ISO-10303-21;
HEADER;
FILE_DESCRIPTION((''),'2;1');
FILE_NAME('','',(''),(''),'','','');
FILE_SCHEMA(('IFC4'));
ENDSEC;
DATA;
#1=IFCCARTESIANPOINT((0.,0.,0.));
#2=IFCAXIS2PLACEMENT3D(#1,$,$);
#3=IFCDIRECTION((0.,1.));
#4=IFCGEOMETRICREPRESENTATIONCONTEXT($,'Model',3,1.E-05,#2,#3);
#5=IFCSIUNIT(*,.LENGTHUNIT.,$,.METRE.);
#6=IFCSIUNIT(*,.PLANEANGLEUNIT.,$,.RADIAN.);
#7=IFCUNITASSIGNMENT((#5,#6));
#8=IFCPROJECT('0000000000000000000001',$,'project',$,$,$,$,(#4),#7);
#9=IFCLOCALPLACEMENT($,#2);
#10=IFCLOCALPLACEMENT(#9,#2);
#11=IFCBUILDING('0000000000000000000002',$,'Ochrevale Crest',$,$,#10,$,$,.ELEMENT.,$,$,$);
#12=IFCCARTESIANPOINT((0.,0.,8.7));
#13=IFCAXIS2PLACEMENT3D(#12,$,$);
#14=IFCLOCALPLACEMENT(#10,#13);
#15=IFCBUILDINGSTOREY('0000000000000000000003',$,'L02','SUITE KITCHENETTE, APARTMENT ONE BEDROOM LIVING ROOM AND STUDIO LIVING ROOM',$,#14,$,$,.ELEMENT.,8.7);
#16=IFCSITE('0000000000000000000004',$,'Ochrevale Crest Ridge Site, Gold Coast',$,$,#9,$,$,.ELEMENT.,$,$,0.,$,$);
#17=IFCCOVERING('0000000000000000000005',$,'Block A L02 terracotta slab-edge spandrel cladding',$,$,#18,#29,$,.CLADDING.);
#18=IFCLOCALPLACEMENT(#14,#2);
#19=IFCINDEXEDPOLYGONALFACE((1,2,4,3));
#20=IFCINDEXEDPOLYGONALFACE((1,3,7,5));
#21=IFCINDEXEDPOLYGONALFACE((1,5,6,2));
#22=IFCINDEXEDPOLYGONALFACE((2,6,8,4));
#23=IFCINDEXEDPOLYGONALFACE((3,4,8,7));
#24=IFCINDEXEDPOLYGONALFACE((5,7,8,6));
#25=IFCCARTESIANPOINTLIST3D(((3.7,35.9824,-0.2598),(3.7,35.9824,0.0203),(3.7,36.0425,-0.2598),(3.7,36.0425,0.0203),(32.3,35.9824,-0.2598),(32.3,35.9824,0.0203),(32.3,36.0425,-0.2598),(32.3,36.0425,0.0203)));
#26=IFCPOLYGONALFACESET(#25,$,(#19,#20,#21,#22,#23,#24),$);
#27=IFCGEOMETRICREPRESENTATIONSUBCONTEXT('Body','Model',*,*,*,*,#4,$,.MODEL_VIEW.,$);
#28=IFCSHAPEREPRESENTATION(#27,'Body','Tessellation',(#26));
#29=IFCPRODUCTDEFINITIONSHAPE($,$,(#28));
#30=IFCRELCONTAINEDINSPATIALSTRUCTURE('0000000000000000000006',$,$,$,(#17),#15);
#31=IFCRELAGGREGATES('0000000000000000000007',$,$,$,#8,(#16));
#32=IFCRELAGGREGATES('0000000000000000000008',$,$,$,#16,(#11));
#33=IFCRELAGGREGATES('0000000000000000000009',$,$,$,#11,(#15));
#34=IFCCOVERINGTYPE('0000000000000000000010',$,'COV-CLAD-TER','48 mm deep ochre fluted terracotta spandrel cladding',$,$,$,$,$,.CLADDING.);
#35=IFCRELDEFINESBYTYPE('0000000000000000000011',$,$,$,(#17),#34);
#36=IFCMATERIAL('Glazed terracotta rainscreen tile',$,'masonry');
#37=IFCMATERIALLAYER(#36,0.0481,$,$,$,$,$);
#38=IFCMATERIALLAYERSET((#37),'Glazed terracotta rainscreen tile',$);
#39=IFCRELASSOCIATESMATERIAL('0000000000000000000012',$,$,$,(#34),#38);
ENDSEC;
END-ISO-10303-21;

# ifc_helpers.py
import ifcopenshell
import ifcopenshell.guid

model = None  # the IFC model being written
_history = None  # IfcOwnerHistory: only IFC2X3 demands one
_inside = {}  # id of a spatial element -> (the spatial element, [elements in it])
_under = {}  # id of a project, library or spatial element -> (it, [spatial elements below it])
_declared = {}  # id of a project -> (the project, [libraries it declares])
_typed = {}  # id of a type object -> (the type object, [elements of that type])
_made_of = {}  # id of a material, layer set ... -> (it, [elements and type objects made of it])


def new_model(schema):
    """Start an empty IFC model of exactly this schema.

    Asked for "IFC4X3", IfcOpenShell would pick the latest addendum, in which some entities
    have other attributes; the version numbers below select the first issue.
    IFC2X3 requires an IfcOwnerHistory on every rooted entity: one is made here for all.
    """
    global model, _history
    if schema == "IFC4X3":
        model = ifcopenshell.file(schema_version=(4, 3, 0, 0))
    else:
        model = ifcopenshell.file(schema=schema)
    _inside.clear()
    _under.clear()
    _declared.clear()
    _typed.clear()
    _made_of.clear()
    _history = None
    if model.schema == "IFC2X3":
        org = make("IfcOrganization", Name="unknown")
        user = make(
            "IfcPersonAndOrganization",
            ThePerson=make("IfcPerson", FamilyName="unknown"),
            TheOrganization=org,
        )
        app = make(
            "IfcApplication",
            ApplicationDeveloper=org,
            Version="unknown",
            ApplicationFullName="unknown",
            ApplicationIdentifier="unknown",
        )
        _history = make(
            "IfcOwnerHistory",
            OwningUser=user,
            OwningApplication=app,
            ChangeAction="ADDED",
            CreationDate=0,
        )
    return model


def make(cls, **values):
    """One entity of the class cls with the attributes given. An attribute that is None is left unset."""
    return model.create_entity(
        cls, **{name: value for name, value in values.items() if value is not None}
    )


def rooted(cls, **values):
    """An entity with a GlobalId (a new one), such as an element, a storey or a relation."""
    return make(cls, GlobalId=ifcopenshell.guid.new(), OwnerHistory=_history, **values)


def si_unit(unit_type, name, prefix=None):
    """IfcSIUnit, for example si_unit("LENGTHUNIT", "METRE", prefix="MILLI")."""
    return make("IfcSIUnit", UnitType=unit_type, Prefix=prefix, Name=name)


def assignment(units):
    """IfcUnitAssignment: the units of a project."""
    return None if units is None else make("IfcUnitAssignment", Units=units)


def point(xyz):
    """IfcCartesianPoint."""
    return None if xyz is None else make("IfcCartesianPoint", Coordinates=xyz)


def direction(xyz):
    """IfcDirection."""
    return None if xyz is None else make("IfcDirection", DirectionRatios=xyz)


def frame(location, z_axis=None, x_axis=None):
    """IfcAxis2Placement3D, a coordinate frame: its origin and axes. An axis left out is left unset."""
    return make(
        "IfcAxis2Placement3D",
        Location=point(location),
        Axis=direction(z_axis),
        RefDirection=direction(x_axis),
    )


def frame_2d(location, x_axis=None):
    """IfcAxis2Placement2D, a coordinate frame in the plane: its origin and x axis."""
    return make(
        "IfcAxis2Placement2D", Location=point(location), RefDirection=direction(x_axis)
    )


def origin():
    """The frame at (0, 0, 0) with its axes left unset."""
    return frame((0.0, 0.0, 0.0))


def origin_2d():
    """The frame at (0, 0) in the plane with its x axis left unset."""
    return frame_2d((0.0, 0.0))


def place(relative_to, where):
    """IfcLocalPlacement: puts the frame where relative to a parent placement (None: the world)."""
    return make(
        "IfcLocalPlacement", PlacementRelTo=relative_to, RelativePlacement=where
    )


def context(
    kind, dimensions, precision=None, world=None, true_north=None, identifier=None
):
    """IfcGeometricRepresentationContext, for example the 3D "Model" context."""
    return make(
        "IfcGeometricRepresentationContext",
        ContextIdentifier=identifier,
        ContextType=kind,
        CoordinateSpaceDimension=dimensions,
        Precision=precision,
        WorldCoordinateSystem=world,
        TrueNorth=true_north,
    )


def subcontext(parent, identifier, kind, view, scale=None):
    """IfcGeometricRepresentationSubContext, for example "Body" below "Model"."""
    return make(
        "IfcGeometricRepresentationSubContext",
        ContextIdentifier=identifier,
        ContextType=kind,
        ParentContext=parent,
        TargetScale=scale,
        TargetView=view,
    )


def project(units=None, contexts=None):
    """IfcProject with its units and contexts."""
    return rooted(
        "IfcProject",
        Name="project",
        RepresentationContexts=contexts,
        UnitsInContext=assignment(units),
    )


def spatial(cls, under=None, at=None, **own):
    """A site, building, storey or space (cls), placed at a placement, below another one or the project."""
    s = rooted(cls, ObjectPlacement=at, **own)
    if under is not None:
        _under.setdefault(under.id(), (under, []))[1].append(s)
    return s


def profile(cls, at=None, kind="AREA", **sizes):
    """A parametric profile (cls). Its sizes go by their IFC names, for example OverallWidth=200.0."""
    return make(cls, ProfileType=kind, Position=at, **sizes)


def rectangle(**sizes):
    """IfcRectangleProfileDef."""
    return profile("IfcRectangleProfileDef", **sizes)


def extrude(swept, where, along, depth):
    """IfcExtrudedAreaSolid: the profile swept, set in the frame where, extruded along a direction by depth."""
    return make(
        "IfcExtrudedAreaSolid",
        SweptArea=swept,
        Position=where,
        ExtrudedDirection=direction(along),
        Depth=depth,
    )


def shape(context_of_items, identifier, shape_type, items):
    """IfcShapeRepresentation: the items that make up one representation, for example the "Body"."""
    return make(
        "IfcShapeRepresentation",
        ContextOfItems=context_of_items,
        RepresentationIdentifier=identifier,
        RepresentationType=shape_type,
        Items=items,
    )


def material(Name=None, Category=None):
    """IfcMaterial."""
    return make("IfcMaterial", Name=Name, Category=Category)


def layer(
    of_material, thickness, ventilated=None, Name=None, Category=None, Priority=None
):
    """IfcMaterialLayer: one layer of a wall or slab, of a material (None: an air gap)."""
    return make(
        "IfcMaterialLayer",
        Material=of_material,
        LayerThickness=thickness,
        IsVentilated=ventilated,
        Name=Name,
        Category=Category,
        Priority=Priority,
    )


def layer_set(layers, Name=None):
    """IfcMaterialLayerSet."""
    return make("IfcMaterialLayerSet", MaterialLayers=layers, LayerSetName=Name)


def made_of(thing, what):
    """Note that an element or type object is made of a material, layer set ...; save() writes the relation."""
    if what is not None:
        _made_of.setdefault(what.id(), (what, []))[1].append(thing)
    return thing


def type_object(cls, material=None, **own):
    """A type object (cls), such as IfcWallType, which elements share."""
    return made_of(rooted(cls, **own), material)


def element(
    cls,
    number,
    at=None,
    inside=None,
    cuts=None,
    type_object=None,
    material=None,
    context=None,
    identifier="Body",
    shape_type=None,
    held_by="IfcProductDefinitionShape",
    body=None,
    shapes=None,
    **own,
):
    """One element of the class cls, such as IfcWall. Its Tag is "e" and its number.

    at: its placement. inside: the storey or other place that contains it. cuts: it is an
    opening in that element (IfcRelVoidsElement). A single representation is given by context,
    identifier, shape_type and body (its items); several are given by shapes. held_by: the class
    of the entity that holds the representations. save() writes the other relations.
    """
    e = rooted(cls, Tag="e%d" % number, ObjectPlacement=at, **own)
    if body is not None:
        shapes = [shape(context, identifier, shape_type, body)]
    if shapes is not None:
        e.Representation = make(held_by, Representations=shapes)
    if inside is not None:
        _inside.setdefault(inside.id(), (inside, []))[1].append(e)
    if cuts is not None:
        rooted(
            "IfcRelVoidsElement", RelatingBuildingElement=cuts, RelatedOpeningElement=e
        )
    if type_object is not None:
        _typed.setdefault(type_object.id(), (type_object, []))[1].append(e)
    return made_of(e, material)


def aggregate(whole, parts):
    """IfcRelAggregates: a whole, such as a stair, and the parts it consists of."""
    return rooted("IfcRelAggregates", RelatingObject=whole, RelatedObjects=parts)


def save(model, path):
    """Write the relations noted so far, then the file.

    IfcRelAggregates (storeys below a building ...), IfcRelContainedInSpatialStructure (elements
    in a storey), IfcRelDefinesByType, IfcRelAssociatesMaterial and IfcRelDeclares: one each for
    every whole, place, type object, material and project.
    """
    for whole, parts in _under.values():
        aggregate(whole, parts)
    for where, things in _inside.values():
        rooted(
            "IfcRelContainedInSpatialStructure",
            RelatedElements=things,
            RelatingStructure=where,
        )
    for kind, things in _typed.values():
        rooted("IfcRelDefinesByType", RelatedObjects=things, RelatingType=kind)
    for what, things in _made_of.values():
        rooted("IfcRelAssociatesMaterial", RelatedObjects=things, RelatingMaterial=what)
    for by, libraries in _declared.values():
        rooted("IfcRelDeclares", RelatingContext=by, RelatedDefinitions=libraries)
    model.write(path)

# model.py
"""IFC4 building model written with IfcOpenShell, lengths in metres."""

from ifc_helpers import new_model, si_unit, direction, frame, origin, origin_2d, place, context, subcontext, project, spatial, rectangle, extrude, material, layer, layer_set, type_object, element, save


model = new_model("IFC4")

# Units and contexts
model_context = context("Model", 3, precision=1e-05, world=origin(), true_north=direction((0.0, 1.0)))
body_context = subcontext(model_context, "Body", "Model", "MODEL_VIEW")
ifc_project = project(units=[si_unit("LENGTHUNIT", "METRE"), si_unit("PLANEANGLEUNIT", "RADIAN")], contexts=[model_context])

# Site, building, storey
site_placement = place(None, origin())
site = spatial("IfcSite", under=ifc_project, at=site_placement, Name="Ochrevale Crest Ridge Site, Gold Coast", CompositionType="ELEMENT", RefElevation=0.0)
building_placement = place(site_placement, origin())
building = spatial("IfcBuilding", under=site, at=building_placement, Name="Ochrevale Crest", CompositionType="ELEMENT")
storey_placement = place(building_placement, frame((0.0, 0.0, 8.7)))
storey = spatial("IfcBuildingStorey", under=building, at=storey_placement, Name="L02", Description="SUITE KITCHENETTE, APARTMENT ONE BEDROOM LIVING ROOM AND STUDIO LIVING ROOM", CompositionType="ELEMENT", Elevation=8.7)

# Covering
ifc_material_1 = material(Name="Glazed terracotta rainscreen tile", Category="masonry")
ifc_layer_1 = layer(ifc_material_1, 0.0481)
ifc_layer_set_1 = layer_set([ifc_layer_1], Name="Glazed terracotta rainscreen tile")
covering_type = type_object("IfcCoveringType", Name="COV-CLAD-TER", Description="48 mm deep ochre fluted terracotta spandrel cladding", PredefinedType="CLADDING", material=ifc_layer_set_1)
covering_placement = place(storey_placement, frame((18.0, 36.0125, -0.2598), z_axis=(0.0, 0.0, 1.0), x_axis=(-1.0, 0.0, 0.0)))
element("IfcCovering", 1, at=covering_placement, inside=storey, type_object=covering_type, Name="Block A L02 terracotta slab-edge spandrel cladding", PredefinedType="CLADDING", context=body_context, shape_type="SweptSolid", body=[
    extrude(rectangle(XDim=28.6001, YDim=0.0601, at=origin_2d()), origin(), (0.0, 0.0, 1.0), 0.28),
])

save(model, "model.ifc")
